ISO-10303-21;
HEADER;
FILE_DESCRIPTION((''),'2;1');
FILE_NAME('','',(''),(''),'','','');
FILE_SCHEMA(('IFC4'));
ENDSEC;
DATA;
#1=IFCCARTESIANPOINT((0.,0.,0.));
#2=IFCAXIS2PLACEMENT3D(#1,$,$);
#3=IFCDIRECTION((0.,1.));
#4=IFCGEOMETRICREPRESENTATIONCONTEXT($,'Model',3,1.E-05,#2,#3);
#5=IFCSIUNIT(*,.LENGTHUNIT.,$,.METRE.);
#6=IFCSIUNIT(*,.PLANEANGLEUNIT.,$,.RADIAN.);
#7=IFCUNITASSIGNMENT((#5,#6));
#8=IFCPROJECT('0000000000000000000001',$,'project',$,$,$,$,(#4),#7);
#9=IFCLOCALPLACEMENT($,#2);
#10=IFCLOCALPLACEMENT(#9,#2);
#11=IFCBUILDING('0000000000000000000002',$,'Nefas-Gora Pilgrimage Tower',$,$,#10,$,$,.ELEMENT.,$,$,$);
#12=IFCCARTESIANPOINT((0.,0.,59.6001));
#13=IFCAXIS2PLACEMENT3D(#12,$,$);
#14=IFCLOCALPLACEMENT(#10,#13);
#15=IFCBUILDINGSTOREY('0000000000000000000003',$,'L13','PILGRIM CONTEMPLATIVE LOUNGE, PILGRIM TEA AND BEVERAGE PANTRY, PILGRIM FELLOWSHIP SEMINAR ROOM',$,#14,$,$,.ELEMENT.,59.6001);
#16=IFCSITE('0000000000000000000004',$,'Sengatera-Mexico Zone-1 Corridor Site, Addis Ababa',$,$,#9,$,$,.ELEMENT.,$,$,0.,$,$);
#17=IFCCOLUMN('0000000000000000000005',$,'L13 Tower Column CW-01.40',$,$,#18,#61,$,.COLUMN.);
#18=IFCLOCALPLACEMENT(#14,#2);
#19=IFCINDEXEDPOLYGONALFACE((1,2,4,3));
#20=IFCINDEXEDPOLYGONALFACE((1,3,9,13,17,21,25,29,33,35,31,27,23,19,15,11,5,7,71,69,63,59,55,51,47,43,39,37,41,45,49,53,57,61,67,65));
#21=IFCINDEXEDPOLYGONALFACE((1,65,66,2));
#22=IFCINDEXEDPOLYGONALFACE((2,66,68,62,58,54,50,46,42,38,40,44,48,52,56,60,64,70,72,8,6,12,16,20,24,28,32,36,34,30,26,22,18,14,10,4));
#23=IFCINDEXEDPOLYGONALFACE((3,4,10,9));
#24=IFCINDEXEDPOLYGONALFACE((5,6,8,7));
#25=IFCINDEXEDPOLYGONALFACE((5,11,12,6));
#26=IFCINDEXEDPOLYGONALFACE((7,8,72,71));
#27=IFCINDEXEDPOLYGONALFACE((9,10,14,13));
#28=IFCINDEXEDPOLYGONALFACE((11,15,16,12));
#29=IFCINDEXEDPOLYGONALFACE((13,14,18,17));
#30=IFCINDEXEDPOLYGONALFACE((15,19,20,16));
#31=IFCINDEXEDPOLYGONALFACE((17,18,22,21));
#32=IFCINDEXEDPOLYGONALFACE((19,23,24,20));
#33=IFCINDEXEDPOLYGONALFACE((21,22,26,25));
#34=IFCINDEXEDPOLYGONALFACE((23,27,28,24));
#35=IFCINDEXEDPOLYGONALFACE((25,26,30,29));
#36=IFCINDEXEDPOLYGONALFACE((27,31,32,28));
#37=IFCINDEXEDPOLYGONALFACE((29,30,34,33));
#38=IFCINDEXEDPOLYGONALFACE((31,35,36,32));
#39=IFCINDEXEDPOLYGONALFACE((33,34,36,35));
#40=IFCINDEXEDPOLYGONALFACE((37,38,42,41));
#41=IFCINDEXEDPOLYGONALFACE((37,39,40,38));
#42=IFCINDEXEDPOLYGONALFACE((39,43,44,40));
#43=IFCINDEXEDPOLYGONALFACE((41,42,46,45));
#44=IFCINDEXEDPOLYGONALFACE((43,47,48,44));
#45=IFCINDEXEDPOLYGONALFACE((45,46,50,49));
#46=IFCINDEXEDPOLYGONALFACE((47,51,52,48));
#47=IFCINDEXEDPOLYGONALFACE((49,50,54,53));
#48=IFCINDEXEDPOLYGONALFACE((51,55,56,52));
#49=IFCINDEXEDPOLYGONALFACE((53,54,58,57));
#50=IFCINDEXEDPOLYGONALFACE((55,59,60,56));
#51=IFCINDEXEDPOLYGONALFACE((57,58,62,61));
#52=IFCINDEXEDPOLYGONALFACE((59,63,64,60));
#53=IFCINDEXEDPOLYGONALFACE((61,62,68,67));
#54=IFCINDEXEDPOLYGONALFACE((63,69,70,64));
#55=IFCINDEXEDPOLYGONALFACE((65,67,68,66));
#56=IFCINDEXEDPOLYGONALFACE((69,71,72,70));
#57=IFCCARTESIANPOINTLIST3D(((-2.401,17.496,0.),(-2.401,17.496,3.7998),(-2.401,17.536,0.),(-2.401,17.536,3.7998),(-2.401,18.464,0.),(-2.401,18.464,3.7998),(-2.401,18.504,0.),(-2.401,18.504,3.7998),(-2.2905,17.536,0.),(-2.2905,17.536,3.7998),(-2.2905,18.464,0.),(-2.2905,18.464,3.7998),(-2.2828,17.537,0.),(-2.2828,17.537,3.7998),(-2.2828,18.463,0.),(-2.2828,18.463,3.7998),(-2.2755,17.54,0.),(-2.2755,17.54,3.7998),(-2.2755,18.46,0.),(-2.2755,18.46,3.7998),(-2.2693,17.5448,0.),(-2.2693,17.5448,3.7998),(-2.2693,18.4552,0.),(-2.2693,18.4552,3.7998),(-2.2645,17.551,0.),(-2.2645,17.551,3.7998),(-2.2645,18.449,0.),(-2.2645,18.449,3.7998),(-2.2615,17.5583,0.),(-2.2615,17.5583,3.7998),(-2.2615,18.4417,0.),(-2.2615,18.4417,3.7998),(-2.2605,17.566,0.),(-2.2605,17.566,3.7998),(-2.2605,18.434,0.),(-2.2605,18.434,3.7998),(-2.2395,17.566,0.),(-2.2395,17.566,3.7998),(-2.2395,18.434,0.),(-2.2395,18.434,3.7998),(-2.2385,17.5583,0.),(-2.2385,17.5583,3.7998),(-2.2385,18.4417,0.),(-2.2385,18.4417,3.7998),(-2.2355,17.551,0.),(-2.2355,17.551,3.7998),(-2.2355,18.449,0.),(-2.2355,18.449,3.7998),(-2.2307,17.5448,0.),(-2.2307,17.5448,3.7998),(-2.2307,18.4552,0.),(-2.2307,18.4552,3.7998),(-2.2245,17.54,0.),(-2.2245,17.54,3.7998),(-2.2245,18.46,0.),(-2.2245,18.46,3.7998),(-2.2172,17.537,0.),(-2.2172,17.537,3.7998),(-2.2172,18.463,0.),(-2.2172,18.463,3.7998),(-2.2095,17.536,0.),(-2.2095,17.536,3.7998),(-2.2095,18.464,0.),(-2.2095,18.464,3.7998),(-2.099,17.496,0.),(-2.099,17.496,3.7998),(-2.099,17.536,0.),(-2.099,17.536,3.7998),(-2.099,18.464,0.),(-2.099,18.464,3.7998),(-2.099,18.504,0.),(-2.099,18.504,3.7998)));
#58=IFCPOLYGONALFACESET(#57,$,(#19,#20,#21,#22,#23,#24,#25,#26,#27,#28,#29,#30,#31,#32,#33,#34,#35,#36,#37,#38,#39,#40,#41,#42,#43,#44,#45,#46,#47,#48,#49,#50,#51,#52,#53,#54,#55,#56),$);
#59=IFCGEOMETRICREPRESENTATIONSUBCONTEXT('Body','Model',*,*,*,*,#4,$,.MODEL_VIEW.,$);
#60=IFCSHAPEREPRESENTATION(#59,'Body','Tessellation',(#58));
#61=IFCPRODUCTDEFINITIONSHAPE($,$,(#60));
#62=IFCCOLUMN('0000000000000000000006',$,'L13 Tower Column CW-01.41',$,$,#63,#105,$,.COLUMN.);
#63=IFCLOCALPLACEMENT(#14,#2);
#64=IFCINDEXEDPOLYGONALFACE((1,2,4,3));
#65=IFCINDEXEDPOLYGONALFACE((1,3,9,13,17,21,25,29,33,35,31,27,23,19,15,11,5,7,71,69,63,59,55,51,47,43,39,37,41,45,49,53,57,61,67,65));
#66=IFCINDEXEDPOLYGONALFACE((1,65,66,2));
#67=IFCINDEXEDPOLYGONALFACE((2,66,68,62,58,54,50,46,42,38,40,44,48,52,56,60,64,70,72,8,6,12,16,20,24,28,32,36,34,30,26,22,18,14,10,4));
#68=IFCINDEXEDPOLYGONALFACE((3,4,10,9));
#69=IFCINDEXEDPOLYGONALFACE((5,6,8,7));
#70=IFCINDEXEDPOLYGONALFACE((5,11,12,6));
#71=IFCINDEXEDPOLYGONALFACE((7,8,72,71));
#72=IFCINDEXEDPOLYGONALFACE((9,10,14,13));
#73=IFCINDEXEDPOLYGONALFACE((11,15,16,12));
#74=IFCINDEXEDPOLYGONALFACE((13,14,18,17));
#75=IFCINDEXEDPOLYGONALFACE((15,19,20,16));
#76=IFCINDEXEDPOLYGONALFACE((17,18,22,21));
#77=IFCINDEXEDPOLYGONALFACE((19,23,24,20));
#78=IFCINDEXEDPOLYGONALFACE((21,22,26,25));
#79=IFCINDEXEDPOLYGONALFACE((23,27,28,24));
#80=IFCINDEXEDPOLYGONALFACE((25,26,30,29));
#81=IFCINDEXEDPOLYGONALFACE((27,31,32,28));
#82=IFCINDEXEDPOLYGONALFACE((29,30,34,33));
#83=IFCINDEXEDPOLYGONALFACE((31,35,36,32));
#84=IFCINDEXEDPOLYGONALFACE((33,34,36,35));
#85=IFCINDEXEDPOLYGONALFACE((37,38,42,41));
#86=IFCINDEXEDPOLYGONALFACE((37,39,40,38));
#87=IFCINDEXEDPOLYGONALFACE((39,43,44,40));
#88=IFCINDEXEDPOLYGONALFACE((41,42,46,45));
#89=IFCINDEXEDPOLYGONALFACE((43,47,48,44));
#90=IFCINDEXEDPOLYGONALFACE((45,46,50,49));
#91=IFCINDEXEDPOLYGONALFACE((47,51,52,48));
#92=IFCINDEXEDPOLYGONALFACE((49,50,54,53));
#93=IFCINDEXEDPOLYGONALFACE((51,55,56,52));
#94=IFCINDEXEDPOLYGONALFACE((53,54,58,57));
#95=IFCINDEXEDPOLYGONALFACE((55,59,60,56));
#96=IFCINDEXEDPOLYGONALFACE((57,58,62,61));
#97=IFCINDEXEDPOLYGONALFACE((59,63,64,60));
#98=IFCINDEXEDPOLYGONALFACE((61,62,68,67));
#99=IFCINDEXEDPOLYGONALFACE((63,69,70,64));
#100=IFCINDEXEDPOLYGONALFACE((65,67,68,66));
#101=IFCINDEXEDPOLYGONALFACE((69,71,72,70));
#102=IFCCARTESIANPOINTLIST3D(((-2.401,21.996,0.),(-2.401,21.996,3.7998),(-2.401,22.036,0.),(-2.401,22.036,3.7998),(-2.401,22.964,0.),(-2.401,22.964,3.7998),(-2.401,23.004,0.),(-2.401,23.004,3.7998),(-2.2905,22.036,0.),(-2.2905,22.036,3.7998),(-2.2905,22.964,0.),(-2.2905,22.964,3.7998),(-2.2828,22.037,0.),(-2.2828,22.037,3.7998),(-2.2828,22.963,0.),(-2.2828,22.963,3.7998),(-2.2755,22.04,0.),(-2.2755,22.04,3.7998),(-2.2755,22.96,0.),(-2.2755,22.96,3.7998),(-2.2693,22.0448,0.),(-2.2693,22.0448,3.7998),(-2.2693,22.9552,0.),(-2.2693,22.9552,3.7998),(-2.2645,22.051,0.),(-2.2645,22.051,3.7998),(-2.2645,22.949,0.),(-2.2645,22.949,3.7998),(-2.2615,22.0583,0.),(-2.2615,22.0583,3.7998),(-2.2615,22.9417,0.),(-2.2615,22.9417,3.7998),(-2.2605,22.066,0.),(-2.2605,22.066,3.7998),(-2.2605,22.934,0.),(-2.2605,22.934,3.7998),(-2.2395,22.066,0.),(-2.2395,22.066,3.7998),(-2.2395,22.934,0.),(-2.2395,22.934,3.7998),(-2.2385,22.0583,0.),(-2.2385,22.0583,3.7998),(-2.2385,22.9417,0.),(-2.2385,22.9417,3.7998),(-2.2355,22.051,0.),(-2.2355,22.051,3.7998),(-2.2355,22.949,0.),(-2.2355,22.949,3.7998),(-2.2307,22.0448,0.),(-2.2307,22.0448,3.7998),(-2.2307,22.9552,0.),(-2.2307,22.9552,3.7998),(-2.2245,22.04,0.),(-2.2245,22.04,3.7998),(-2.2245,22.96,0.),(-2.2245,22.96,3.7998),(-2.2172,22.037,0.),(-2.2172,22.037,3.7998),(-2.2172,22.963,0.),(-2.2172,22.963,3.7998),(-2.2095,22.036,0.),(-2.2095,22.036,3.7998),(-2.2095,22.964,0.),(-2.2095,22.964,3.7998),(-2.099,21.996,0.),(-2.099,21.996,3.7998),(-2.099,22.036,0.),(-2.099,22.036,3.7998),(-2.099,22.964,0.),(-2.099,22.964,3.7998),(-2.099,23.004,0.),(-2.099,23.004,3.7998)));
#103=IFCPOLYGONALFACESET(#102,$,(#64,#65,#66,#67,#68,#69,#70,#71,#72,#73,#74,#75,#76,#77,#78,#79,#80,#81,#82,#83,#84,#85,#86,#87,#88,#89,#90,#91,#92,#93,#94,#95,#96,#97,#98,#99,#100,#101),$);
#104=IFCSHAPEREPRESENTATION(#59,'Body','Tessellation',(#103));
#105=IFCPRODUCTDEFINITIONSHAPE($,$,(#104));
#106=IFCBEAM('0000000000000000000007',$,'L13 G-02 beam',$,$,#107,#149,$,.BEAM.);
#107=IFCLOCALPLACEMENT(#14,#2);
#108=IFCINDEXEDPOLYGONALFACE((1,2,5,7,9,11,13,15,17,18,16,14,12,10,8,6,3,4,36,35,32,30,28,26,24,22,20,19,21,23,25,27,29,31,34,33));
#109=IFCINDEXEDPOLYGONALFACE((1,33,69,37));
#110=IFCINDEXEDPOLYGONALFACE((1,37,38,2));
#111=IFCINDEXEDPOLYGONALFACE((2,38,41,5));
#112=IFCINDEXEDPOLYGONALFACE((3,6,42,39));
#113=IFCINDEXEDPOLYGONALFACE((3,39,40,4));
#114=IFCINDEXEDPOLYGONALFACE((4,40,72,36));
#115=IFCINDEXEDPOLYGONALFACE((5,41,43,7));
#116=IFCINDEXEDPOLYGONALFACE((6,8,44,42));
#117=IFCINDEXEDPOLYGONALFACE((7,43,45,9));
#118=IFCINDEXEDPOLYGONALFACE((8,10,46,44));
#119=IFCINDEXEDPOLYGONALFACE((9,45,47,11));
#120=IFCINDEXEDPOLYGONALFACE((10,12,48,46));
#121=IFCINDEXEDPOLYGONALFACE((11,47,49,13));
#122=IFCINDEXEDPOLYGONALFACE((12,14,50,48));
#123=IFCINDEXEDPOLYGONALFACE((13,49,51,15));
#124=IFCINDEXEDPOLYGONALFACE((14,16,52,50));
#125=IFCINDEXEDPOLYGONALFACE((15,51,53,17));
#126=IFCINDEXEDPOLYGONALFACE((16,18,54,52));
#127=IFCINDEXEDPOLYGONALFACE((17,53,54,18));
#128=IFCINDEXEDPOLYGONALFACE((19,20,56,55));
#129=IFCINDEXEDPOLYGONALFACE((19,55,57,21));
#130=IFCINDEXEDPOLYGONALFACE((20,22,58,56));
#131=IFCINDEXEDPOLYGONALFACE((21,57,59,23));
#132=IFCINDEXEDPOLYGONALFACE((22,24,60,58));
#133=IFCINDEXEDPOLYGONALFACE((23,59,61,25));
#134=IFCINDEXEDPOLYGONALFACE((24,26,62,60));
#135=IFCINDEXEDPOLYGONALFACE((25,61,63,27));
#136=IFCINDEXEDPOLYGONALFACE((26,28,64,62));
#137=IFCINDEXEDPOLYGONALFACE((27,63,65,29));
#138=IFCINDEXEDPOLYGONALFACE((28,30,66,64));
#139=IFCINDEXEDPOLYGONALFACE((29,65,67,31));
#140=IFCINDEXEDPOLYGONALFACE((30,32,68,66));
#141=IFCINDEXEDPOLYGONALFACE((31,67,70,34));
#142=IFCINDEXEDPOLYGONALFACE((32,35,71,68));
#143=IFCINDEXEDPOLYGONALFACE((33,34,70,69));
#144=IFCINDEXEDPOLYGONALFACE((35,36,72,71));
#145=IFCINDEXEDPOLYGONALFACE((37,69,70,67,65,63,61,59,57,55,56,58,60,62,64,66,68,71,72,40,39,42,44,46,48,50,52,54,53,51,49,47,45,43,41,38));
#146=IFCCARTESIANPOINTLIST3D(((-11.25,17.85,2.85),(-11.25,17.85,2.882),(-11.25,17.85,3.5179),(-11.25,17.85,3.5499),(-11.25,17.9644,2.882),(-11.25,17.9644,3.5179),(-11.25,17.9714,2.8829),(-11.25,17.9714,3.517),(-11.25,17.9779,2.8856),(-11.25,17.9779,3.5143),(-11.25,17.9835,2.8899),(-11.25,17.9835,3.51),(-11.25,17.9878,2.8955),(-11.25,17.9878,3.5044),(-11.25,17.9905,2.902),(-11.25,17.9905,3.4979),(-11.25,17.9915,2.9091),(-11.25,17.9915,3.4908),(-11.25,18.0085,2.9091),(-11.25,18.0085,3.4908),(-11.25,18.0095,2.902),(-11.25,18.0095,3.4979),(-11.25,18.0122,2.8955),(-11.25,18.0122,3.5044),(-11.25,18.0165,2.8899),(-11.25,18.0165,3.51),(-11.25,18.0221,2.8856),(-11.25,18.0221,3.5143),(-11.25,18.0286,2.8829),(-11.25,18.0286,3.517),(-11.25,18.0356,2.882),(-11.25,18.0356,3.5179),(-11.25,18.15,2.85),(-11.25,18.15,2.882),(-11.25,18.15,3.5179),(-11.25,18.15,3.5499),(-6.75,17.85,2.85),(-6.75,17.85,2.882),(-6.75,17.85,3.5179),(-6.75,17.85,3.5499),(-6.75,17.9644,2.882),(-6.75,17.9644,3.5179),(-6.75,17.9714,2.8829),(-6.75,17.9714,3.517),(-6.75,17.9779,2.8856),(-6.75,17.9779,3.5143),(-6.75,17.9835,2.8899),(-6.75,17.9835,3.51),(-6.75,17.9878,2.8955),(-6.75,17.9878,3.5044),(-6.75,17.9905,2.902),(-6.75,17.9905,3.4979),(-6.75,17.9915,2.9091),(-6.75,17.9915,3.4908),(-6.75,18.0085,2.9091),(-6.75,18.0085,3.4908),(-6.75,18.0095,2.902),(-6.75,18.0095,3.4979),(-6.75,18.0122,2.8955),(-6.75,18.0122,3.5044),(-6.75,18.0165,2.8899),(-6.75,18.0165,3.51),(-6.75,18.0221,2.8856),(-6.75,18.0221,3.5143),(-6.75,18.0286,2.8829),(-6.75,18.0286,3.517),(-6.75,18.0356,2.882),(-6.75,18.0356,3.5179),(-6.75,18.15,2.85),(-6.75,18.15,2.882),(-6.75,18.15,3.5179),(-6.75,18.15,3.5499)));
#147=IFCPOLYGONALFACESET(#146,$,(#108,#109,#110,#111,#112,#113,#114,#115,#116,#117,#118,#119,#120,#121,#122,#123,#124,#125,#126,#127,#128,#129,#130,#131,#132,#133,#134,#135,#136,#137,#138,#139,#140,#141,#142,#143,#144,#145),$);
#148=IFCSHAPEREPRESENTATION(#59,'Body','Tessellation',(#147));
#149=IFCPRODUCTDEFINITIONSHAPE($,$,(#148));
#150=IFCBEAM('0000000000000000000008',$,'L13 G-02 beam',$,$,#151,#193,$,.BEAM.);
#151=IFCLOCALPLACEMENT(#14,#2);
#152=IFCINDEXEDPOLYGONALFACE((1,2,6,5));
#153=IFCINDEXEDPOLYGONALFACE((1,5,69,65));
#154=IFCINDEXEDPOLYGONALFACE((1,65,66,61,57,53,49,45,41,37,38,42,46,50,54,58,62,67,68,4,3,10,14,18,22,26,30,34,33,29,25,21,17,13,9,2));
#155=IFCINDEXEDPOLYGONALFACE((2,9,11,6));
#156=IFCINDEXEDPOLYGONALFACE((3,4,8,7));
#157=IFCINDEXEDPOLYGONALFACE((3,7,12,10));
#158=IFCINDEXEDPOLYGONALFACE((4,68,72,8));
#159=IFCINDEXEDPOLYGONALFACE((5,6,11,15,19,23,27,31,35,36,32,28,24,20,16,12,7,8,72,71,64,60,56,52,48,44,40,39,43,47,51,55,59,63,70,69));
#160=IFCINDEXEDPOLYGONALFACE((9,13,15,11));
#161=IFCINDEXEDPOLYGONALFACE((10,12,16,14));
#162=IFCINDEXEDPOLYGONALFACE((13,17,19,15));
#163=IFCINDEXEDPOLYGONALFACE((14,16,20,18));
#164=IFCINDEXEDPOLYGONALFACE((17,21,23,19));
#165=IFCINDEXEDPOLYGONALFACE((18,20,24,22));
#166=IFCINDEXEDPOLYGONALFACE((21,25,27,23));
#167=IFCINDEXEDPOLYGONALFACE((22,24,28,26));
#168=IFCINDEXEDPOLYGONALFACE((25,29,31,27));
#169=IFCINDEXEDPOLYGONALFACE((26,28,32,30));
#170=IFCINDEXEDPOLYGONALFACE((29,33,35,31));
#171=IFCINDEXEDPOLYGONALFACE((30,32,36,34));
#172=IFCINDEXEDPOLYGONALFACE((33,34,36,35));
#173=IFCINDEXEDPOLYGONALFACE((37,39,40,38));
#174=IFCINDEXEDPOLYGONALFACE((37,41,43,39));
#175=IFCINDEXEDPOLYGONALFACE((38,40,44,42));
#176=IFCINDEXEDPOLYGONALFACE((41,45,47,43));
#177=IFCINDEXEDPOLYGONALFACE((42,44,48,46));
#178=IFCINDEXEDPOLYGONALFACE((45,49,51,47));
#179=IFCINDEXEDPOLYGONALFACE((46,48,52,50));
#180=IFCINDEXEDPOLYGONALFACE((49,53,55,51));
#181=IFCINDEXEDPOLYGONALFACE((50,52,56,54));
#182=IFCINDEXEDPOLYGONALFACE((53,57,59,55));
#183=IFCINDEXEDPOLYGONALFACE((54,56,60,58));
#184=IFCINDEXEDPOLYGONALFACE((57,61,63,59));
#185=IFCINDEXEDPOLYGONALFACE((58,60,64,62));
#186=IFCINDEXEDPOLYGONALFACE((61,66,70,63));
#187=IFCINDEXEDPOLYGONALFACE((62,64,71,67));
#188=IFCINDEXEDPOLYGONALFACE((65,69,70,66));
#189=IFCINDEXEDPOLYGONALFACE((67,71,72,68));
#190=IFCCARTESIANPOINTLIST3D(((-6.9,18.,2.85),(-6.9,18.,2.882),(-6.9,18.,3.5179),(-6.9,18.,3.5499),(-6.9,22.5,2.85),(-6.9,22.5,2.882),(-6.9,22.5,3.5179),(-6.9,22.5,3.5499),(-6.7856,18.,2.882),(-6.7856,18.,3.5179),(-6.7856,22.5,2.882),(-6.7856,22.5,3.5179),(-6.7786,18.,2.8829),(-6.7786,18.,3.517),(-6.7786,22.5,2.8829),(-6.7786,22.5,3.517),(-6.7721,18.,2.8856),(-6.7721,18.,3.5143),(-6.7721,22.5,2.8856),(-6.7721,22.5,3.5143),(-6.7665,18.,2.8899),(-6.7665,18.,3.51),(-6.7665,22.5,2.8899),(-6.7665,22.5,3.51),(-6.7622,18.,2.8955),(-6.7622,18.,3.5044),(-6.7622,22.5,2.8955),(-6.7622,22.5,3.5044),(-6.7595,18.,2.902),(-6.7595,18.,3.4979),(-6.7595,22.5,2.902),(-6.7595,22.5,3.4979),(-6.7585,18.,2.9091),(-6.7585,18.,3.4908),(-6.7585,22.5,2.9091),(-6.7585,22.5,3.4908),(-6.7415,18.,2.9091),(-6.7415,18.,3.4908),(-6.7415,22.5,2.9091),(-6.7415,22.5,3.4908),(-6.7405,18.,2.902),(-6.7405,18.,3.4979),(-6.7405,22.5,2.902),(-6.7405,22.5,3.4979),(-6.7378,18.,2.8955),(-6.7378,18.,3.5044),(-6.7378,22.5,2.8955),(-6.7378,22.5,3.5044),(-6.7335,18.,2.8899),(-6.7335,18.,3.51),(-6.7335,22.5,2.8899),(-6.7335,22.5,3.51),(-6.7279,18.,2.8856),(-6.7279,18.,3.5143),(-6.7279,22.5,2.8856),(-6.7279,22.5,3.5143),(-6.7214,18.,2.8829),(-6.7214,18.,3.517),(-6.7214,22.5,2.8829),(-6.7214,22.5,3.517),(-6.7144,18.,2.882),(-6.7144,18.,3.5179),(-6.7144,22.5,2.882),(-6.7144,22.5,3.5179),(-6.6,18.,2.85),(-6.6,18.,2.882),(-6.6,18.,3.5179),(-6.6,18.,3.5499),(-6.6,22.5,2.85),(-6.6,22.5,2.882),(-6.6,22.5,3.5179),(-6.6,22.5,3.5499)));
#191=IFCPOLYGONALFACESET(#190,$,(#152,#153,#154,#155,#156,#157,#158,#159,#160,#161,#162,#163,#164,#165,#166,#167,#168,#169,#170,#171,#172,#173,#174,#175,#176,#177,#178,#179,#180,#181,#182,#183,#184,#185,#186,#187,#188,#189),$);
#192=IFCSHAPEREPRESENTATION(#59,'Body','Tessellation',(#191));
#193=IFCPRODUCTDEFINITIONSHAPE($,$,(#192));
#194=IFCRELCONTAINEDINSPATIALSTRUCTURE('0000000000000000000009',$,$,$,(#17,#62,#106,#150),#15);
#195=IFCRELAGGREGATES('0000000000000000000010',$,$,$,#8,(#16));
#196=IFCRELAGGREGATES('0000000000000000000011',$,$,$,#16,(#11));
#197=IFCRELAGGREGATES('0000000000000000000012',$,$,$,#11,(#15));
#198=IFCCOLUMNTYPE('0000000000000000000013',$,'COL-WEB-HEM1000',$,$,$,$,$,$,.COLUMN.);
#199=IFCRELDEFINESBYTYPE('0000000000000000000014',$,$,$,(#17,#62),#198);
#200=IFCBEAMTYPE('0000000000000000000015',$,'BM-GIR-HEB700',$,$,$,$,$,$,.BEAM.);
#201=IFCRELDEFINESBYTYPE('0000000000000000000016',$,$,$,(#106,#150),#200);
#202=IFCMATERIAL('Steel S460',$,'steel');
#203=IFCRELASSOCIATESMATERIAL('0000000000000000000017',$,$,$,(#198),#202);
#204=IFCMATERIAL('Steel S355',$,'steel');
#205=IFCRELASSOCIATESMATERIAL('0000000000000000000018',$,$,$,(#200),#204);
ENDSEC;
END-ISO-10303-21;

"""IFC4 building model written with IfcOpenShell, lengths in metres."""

from ifc_helpers import new_model, si_unit, direction, frame, origin, origin_2d, place, context, subcontext, project, spatial, i_section, extrude, source, transform, mapped, material, material_profile, profile_set, type_object, element, save


model = new_model("IFC4")

# Units and contexts
model_context = context("Model", 3, precision=1e-05, world=origin(), true_north=direction((0.0, 1.0)))
body_context = subcontext(model_context, "Body", "Model", "MODEL_VIEW")
ifc_project = project(units=[si_unit("LENGTHUNIT", "METRE"), si_unit("PLANEANGLEUNIT", "RADIAN")], contexts=[model_context])

# Site, building, storey
site_placement = place(None, origin())
site = spatial("IfcSite", under=ifc_project, at=site_placement, Name="Sengatera-Mexico Zone-1 Corridor Site, Addis Ababa", CompositionType="ELEMENT", RefElevation=0.0)
building_placement = place(site_placement, origin())
building = spatial("IfcBuilding", under=site, at=building_placement, Name="Nefas-Gora Pilgrimage Tower", CompositionType="ELEMENT")
storey_placement = place(building_placement, frame((0.0, 0.0, 59.6001)))
storey = spatial("IfcBuildingStorey", under=building, at=storey_placement, Name="L13", Description="PILGRIM CONTEMPLATIVE LOUNGE, PILGRIM TEA AND BEVERAGE PANTRY, PILGRIM FELLOWSHIP SEMINAR ROOM", CompositionType="ELEMENT", Elevation=59.6001)

# Columns
ifc_material_1 = material(Name="Steel S460", Category="steel")
ifc_material_profile_1 = material_profile(ifc_material_1, i_section(OverallWidth=0.302, OverallDepth=1.0081, WebThickness=0.021, FlangeThickness=0.04, FilletRadius=0.03, at=origin_2d()), Name="HEM 1000")
ifc_profile_set_1 = profile_set([ifc_material_profile_1], Name="Steel S460")
column_type_1 = type_object("IfcColumnType", Name="COL-WEB-HEM1000", PredefinedType="COLUMN", material=ifc_profile_set_1)
shared_shape_1 = source(origin(), body_context, "Body", "SweptSolid", [
    extrude(i_section(OverallWidth=0.302, OverallDepth=1.0081, WebThickness=0.021, FlangeThickness=0.04, FilletRadius=0.03, at=origin_2d()), origin(), (0.0, 0.0, 1.0), 3.7998),
])
for number, where, z_axis, x_axis, name in (
    (1, (-2.25, 18.0, 0.0), (0.0, 0.0, 1.0), (1.0, 0.0, 0.0), "L13 Tower Column CW-01.40"),
    (2, (-2.25, 22.5, 0.0), (0.0, 0.0, 1.0), (1.0, 0.0, 0.0), "L13 Tower Column CW-01.41"),
):
    element("IfcColumn", number, at=place(storey_placement, frame(where, z_axis=z_axis, x_axis=x_axis)), inside=storey, type_object=column_type_1, Name=name, PredefinedType="COLUMN", context=body_context, shape_type="MappedRepresentation", body=[
        mapped(shared_shape_1, transform((0.0, 0.0, 0.0), x_axis=(1.0, 0.0, 0.0), y_axis=(0.0, 1.0, 0.0), z_axis=(0.0, 0.0, 1.0), scale=1.0)),
    ])

# Beams
ifc_material_2 = material(Name="Steel S355", Category="steel")
ifc_material_profile_2 = material_profile(ifc_material_2, i_section(OverallWidth=0.3, OverallDepth=0.7, WebThickness=0.0171, FlangeThickness=0.032, FilletRadius=0.0271, at=origin_2d()), Name="HEB 700")
ifc_profile_set_2 = profile_set([ifc_material_profile_2], Name="Steel S355")
beam_type = type_object("IfcBeamType", Name="BM-GIR-HEB700", PredefinedType="BEAM", material=ifc_profile_set_2)
shared_shape_2 = source(origin(), body_context, "Body", "SweptSolid", [
    extrude(i_section(OverallWidth=0.3, OverallDepth=0.7, WebThickness=0.0171, FlangeThickness=0.032, FilletRadius=0.0271, at=origin_2d()), origin(), (0.0, 0.0, 1.0), 4.5),
])
for number, where, z_axis, x_axis, name in (
    (3, (-11.25, 18.0, 3.2), (1.0, 0.0, 0.0), (0.0, 1.0, 0.0), "L13 G-02 beam"),
    (4, (-6.75, 18.0, 3.2), (0.0, 1.0, 0.0), (-1.0, 0.0, 0.0), "L13 G-02 beam"),
):
    element("IfcBeam", number, at=place(storey_placement, frame(where, z_axis=z_axis, x_axis=x_axis)), inside=storey, type_object=beam_type, Name=name, PredefinedType="BEAM", context=body_context, shape_type="MappedRepresentation", body=[
        mapped(shared_shape_2, transform((0.0, 0.0, 0.0), x_axis=(1.0, 0.0, 0.0), y_axis=(0.0, 1.0, 0.0), z_axis=(0.0, 0.0, 1.0), scale=1.0)),
    ])

save(model, "model.ifc")
